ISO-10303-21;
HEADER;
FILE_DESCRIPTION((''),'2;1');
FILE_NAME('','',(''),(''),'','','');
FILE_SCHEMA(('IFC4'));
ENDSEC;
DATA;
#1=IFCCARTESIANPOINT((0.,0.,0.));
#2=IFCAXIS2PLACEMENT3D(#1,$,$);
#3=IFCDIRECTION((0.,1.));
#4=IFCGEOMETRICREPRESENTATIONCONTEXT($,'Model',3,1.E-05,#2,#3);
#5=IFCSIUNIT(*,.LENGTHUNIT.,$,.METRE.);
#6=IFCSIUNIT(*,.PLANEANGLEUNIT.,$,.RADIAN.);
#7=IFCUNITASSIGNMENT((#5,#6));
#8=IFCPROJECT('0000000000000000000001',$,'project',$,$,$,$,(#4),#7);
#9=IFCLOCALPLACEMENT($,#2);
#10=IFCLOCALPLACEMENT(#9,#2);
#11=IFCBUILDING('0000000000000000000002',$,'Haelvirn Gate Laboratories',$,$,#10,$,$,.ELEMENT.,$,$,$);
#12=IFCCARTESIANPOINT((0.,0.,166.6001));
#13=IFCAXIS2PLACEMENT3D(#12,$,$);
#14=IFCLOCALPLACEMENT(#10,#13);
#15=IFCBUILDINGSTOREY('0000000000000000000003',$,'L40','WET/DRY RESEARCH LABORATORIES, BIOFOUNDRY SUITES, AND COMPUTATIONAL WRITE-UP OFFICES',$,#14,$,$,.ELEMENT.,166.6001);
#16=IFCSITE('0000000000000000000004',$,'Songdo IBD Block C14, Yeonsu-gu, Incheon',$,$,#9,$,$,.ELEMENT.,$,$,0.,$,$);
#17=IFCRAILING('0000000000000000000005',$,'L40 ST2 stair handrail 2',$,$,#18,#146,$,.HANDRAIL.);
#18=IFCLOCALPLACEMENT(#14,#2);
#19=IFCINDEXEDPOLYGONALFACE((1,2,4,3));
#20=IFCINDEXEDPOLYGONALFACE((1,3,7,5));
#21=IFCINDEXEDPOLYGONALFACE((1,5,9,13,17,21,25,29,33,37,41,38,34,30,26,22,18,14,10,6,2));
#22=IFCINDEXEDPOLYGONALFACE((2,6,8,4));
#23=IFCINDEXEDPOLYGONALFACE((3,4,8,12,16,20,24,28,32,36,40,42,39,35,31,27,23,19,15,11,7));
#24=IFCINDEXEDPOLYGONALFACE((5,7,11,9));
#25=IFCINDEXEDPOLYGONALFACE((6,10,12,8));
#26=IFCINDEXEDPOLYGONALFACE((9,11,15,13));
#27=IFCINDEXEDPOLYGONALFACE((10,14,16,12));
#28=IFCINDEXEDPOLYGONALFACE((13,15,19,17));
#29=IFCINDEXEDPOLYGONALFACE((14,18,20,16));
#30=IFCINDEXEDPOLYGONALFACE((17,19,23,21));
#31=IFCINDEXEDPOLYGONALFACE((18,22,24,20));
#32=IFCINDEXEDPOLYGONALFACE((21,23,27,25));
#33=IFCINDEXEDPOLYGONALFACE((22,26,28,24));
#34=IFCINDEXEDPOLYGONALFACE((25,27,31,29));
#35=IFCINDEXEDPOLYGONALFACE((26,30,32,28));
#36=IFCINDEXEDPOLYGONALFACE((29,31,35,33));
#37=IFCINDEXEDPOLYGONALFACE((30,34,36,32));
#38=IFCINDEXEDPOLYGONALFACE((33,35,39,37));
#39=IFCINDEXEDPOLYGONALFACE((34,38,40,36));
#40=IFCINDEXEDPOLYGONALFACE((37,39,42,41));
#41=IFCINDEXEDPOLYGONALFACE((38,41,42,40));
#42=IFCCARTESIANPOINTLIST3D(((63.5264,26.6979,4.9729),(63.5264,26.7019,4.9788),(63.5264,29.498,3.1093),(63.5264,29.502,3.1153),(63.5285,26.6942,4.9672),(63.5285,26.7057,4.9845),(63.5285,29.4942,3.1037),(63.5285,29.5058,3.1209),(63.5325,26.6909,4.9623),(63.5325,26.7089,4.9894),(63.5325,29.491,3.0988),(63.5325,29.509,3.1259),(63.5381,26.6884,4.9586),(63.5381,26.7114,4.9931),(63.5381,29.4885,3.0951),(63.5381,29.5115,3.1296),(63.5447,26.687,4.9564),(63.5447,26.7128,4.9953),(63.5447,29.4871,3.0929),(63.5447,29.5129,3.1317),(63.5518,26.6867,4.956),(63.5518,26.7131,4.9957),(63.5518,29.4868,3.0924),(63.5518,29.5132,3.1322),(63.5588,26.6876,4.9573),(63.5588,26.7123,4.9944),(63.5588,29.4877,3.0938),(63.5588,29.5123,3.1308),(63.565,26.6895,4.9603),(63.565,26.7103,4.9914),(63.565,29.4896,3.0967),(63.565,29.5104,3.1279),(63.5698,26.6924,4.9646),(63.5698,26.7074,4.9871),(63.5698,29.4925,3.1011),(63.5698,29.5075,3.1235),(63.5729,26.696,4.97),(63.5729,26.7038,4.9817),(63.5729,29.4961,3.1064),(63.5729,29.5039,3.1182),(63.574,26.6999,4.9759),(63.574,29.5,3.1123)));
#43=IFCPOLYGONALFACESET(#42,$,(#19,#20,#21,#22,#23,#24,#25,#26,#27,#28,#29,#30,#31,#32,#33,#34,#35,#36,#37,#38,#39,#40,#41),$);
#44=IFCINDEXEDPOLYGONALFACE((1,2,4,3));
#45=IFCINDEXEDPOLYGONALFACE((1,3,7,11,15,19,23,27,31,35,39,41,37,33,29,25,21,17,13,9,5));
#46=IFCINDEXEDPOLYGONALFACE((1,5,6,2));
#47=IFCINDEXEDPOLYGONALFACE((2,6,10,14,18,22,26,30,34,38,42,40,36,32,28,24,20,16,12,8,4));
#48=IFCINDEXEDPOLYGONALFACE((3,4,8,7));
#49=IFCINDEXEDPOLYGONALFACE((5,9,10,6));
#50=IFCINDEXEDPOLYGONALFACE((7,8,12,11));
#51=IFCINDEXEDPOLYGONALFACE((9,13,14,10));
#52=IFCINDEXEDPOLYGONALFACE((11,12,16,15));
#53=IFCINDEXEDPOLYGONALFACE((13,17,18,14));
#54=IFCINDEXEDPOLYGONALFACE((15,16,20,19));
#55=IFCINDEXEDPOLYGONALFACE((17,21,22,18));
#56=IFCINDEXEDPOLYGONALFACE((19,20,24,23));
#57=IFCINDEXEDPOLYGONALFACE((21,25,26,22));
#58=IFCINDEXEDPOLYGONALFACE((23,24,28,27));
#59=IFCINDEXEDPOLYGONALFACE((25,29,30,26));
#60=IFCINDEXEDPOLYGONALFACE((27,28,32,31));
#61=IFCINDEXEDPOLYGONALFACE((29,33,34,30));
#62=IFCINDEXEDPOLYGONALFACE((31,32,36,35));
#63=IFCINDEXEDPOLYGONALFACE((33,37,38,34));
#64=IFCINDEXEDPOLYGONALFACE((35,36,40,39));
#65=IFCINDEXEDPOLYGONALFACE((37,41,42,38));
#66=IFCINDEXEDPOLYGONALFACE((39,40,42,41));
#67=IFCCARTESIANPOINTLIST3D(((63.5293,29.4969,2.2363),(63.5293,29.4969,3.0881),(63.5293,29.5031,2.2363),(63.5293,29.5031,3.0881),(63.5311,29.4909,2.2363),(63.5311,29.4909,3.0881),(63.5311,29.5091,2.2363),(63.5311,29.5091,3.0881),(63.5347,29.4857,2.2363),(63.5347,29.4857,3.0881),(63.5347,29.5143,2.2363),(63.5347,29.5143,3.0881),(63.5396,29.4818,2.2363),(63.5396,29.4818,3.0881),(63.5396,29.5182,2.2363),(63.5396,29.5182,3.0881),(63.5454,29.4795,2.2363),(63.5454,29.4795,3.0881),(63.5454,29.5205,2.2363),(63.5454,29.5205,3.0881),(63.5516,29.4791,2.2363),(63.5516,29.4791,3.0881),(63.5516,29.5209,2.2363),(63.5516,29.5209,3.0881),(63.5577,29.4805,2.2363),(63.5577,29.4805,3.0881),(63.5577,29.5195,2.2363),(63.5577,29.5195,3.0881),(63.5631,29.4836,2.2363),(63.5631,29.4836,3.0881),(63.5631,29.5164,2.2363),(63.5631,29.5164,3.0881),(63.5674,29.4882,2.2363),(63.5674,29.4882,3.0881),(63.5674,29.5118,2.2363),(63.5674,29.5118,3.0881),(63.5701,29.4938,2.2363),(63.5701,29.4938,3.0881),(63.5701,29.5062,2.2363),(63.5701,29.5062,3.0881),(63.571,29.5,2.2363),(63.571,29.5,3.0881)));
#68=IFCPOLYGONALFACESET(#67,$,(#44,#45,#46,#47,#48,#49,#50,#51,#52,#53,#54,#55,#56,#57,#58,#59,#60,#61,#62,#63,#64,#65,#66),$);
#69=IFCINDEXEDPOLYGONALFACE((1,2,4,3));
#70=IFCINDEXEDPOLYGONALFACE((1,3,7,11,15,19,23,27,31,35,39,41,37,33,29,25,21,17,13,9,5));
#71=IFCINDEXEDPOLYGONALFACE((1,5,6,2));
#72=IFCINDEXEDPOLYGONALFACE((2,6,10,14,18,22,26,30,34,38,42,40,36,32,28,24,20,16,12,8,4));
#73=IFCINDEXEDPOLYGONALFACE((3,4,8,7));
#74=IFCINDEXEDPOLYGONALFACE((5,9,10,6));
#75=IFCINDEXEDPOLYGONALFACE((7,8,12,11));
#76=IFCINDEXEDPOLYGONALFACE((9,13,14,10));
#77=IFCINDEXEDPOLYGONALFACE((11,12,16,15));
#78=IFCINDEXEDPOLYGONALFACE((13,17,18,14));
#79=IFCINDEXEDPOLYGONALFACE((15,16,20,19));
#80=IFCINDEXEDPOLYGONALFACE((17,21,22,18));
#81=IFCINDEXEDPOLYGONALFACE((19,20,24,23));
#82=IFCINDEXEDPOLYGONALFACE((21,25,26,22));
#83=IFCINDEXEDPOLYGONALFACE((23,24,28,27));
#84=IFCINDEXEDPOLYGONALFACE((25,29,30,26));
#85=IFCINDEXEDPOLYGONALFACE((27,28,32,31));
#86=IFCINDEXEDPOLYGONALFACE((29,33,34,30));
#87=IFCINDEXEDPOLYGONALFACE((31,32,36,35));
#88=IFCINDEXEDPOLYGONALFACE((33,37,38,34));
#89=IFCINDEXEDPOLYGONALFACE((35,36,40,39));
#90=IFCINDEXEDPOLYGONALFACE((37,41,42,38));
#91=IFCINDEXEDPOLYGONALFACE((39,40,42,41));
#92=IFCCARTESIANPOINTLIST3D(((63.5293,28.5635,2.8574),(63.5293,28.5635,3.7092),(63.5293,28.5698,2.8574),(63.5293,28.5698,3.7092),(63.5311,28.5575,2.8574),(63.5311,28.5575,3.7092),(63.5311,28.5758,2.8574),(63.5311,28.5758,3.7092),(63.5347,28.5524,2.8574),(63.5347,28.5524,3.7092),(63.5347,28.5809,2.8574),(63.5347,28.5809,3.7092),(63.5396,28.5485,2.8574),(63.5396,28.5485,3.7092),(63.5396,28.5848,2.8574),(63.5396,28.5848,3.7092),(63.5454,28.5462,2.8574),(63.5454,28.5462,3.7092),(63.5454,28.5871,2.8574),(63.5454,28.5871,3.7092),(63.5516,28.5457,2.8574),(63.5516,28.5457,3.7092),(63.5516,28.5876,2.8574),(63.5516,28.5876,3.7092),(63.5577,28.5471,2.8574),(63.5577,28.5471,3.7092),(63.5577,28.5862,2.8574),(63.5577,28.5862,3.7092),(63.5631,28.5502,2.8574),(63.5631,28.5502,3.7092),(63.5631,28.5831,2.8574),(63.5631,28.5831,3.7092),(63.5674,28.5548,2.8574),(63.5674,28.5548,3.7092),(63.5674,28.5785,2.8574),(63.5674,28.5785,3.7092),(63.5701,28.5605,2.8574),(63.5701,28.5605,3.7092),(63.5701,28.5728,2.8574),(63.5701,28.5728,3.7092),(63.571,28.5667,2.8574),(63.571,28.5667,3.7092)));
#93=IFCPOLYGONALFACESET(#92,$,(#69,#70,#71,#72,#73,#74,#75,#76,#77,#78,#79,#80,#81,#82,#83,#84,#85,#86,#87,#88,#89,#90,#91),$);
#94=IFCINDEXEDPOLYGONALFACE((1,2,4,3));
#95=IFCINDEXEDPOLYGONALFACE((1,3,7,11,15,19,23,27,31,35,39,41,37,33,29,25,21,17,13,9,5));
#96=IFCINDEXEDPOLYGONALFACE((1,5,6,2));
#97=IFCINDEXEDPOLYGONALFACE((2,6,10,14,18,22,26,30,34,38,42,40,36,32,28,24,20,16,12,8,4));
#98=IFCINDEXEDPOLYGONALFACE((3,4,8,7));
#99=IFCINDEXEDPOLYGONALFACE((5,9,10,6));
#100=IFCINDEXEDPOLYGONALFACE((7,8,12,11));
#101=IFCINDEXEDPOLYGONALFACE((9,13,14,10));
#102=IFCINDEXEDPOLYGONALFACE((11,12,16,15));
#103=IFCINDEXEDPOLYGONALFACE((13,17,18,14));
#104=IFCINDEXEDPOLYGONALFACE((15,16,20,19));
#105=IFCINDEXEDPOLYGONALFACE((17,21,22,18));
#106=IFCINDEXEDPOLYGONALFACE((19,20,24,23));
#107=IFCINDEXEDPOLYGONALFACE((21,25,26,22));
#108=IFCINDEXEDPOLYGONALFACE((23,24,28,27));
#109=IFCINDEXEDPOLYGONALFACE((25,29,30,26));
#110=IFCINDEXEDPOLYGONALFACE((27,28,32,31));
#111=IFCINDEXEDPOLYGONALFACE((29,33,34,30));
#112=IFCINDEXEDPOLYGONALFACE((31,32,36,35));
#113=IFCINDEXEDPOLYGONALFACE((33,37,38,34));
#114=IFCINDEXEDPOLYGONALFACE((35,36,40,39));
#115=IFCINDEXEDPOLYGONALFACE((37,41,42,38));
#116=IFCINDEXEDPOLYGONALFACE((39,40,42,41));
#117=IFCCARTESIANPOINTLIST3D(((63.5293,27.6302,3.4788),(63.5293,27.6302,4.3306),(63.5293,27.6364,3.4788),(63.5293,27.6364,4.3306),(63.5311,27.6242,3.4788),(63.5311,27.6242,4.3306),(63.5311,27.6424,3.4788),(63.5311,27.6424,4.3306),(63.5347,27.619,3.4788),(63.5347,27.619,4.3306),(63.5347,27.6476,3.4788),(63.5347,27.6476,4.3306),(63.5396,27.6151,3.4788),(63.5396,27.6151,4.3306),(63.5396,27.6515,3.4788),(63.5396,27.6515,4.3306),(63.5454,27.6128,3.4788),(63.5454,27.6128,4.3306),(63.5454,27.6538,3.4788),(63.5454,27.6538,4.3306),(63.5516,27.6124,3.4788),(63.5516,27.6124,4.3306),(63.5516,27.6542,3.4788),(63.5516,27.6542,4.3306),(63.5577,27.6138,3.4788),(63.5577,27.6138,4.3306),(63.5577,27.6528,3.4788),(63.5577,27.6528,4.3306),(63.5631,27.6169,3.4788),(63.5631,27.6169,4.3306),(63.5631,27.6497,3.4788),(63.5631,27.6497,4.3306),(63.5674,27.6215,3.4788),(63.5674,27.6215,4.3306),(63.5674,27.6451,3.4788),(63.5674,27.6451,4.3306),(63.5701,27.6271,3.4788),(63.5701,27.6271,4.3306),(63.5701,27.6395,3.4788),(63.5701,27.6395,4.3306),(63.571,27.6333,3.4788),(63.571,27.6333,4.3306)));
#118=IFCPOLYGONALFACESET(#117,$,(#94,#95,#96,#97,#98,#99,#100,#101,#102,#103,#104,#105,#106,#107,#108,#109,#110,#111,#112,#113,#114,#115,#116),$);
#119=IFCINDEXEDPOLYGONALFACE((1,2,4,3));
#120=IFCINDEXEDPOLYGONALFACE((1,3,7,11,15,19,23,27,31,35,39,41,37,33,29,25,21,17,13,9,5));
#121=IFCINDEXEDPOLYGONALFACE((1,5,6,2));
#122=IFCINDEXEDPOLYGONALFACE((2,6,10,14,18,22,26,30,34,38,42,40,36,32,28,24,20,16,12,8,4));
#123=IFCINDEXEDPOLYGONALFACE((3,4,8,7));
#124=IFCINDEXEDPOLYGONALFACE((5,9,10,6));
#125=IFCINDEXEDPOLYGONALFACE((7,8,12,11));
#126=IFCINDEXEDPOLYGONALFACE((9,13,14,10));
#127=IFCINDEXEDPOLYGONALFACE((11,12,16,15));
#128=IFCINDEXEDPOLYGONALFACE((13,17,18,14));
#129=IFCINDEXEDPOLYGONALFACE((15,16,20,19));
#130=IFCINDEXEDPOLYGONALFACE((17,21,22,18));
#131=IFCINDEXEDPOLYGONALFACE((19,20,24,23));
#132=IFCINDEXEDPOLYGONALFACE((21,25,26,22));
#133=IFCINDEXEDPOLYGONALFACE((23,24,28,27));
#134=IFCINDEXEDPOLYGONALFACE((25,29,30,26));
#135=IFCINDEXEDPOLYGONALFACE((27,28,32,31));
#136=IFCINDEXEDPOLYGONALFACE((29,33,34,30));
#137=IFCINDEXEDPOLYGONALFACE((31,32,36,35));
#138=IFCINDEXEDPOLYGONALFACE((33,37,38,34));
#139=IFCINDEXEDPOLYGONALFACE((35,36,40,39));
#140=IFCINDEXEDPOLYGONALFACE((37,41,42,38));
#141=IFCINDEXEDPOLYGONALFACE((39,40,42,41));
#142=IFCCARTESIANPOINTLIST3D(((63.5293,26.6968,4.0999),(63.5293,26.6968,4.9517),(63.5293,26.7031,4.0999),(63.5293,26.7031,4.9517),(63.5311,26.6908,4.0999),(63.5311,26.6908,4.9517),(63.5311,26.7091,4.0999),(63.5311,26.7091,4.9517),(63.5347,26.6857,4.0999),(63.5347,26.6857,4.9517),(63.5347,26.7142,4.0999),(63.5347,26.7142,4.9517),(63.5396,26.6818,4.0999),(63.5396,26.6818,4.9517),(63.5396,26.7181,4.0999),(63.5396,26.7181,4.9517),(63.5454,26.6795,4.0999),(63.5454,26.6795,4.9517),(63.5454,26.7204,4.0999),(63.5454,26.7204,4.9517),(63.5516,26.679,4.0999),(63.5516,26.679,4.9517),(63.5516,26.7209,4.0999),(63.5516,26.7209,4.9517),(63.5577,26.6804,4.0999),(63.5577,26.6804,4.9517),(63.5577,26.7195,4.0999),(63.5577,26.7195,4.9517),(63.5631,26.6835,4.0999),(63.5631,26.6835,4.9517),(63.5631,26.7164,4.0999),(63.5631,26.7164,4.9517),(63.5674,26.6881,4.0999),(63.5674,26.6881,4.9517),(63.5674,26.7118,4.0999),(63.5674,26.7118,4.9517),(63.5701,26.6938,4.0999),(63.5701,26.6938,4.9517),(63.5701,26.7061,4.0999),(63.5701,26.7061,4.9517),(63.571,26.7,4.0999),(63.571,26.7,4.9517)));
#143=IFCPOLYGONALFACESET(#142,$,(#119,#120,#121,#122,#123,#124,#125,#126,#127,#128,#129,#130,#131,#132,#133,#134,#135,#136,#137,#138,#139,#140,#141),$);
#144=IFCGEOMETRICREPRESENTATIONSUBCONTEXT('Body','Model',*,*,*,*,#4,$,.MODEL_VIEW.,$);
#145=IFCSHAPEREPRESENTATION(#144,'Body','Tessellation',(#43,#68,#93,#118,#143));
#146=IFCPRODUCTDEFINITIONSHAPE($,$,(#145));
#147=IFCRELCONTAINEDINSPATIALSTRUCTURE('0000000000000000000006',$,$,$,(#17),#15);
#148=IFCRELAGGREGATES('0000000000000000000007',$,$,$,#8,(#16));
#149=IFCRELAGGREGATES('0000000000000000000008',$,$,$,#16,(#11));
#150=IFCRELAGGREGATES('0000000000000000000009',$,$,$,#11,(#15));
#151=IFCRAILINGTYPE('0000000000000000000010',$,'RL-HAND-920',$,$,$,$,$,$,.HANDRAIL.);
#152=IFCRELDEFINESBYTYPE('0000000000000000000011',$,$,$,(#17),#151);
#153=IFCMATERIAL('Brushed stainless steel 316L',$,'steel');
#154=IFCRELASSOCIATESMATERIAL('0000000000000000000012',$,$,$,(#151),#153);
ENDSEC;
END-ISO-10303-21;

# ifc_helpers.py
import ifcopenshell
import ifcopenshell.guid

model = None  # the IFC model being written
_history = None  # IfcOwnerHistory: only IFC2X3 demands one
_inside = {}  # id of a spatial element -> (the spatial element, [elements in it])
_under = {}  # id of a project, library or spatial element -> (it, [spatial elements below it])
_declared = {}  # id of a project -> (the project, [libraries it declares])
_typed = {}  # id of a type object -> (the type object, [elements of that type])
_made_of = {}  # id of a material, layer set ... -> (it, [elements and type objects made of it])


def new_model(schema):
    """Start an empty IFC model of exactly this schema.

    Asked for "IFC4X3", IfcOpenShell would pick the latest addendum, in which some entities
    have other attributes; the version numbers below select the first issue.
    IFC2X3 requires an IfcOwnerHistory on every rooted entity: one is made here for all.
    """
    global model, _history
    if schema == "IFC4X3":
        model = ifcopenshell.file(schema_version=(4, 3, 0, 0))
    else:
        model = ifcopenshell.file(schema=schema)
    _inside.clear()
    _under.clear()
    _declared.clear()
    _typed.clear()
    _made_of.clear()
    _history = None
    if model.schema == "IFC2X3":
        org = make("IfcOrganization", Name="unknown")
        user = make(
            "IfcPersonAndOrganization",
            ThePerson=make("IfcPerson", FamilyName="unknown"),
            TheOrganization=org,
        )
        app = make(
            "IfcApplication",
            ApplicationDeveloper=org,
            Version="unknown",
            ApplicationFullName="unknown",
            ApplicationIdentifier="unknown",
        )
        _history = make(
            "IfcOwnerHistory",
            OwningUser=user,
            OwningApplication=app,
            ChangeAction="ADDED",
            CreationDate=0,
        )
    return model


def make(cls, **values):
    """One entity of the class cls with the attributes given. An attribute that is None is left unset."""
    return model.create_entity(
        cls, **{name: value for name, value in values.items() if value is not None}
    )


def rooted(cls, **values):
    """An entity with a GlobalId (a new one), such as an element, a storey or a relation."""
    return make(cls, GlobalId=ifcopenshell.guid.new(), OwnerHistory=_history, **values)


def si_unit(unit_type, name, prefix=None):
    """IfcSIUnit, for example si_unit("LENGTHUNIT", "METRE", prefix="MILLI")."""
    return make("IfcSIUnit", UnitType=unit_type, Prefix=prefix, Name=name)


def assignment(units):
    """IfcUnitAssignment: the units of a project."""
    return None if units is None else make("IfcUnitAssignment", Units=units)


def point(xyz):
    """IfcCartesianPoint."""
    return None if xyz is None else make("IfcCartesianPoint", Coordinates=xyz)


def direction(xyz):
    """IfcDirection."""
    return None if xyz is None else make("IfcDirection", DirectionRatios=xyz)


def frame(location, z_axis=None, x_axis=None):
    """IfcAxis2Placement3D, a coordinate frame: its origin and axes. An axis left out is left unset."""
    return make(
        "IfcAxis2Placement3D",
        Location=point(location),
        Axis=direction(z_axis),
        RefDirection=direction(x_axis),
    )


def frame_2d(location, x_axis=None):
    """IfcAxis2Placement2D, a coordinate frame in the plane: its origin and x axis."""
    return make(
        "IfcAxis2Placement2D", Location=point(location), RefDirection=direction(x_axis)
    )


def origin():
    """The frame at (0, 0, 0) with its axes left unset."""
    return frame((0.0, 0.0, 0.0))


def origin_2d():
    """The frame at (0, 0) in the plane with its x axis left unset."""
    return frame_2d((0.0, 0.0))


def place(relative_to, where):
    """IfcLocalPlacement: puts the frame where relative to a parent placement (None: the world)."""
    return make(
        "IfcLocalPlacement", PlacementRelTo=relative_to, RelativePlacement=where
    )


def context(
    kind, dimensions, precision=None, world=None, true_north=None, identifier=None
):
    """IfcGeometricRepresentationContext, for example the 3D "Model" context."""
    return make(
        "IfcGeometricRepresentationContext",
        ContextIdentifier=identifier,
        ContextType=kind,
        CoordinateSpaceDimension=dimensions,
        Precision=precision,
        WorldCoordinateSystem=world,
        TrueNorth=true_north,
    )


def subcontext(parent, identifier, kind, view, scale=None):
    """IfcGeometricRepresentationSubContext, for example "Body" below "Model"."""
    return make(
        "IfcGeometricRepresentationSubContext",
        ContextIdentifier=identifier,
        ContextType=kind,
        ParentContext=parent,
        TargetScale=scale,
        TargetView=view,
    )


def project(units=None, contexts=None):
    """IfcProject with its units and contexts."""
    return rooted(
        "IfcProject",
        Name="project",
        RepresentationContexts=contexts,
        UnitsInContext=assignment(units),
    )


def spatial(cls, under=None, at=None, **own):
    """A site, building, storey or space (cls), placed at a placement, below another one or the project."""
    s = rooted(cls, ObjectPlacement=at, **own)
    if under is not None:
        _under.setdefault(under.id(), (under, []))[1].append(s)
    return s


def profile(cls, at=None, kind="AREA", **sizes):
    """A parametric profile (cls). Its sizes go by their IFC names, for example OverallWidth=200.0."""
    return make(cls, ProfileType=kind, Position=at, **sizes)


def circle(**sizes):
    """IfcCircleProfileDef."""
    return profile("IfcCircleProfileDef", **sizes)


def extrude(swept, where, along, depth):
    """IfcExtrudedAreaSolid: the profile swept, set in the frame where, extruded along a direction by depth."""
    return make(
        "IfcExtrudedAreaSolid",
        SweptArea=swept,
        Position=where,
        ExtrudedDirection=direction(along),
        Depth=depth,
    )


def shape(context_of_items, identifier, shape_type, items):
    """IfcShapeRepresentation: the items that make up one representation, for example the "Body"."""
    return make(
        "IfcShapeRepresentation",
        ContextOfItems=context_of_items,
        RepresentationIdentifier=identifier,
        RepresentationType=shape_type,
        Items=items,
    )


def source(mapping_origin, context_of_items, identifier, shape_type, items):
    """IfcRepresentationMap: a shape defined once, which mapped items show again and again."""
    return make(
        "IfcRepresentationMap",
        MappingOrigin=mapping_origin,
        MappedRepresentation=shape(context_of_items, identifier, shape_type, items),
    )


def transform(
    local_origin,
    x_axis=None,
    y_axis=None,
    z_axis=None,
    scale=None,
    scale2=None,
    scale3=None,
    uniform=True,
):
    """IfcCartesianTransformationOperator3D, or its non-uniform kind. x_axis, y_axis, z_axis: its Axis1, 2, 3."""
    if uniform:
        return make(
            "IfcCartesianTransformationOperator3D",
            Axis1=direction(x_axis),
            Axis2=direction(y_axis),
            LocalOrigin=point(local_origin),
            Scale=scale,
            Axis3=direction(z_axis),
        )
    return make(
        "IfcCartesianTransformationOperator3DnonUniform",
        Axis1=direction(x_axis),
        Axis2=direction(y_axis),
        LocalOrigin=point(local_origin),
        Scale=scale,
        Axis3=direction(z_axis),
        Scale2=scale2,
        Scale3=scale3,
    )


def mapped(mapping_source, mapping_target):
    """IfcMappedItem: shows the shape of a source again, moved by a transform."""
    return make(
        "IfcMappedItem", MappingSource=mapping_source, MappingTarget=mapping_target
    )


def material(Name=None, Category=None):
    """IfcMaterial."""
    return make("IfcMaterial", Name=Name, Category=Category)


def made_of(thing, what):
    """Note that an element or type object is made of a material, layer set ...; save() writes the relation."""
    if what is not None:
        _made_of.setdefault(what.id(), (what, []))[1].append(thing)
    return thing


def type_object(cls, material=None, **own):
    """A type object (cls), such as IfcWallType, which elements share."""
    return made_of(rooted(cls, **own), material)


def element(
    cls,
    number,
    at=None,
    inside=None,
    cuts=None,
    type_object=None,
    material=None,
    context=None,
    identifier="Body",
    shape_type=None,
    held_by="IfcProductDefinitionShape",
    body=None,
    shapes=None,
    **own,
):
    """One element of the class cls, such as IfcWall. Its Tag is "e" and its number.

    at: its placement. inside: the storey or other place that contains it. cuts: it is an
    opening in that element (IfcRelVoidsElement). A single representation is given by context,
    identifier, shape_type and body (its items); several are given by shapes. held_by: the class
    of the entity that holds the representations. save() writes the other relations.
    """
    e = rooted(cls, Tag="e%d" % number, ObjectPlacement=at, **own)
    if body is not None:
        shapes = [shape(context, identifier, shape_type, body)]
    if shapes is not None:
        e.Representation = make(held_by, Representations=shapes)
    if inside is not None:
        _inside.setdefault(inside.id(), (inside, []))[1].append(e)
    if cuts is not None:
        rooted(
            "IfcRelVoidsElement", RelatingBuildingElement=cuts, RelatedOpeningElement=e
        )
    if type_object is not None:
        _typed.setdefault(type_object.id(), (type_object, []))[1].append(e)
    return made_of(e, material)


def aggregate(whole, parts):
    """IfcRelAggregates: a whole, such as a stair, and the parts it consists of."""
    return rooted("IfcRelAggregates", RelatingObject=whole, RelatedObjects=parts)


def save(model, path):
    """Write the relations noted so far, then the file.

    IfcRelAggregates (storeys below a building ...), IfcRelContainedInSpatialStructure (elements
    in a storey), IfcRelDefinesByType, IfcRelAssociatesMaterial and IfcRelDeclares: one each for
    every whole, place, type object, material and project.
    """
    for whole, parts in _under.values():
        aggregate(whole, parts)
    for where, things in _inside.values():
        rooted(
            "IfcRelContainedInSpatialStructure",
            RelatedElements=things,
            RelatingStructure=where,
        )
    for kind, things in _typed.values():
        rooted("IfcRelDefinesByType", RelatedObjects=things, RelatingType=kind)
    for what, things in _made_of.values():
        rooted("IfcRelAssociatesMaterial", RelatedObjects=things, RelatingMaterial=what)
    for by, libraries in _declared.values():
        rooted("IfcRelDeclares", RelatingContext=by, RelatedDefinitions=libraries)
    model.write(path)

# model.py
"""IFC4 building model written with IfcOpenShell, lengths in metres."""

from ifc_helpers import new_model, si_unit, direction, frame, origin, origin_2d, place, context, subcontext, project, spatial, circle, extrude, source, transform, mapped, material, type_object, element, save


model = new_model("IFC4")

# Units and contexts
model_context = context("Model", 3, precision=1e-05, world=origin(), true_north=direction((0.0, 1.0)))
body_context = subcontext(model_context, "Body", "Model", "MODEL_VIEW")
ifc_project = project(units=[si_unit("LENGTHUNIT", "METRE"), si_unit("PLANEANGLEUNIT", "RADIAN")], contexts=[model_context])

# Site, building, storey
site_placement = place(None, origin())
site = spatial("IfcSite", under=ifc_project, at=site_placement, Name="Songdo IBD Block C14, Yeonsu-gu, Incheon", CompositionType="ELEMENT", RefElevation=0.0)
building_placement = place(site_placement, origin())
building = spatial("IfcBuilding", under=site, at=building_placement, Name="Haelvirn Gate Laboratories", CompositionType="ELEMENT")
storey_placement = place(building_placement, frame((0.0, 0.0, 166.6001)))
storey = spatial("IfcBuildingStorey", under=building, at=storey_placement, Name="L40", Description="WET/DRY RESEARCH LABORATORIES, BIOFOUNDRY SUITES, AND COMPUTATIONAL WRITE-UP OFFICES", CompositionType="ELEMENT", Elevation=166.6001)

# Railing
ifc_material_1 = material(Name="Brushed stainless steel 316L", Category="steel")
railing_type_1 = type_object("IfcRailingType", Name="RL-HAND-920", PredefinedType="HANDRAIL", material=ifc_material_1)
shared_shape_1 = source(origin(), body_context, "Body", "SweptSolid", [
    extrude(circle(Radius=0.0239, at=origin_2d()), frame((0.0, 0.0, 0.876), z_axis=(0.0, -0.832486, 0.554047), x_axis=(1.0, 0.0, 0.0)), (0.0, 0.0, 1.0), 3.3635),
    extrude(circle(Radius=0.021, at=origin_2d()), origin(), (0.0, 0.0, 1.0), 0.8518),
    extrude(circle(Radius=0.021, at=origin_2d()), frame((0.0, -0.9333, 0.6211)), (0.0, 0.0, 1.0), 0.8518),
    extrude(circle(Radius=0.021, at=origin_2d()), frame((0.0, -1.8667, 1.2424)), (0.0, 0.0, 1.0), 0.8518),
    extrude(circle(Radius=0.021, at=origin_2d()), frame((0.0, -2.8, 1.8635)), (0.0, 0.0, 1.0), 0.8518),
])
railing_1_placement = place(storey_placement, frame((63.55, 29.5, 2.2363)))
element("IfcRailing", 1, at=railing_1_placement, inside=storey, type_object=railing_type_1, Name="L40 ST2 stair handrail 2", PredefinedType="HANDRAIL", context=body_context, shape_type="MappedRepresentation", body=[
    mapped(shared_shape_1, transform((0.0, 0.0, 0.0), scale=1.0)),
])

save(model, "model.ifc")
